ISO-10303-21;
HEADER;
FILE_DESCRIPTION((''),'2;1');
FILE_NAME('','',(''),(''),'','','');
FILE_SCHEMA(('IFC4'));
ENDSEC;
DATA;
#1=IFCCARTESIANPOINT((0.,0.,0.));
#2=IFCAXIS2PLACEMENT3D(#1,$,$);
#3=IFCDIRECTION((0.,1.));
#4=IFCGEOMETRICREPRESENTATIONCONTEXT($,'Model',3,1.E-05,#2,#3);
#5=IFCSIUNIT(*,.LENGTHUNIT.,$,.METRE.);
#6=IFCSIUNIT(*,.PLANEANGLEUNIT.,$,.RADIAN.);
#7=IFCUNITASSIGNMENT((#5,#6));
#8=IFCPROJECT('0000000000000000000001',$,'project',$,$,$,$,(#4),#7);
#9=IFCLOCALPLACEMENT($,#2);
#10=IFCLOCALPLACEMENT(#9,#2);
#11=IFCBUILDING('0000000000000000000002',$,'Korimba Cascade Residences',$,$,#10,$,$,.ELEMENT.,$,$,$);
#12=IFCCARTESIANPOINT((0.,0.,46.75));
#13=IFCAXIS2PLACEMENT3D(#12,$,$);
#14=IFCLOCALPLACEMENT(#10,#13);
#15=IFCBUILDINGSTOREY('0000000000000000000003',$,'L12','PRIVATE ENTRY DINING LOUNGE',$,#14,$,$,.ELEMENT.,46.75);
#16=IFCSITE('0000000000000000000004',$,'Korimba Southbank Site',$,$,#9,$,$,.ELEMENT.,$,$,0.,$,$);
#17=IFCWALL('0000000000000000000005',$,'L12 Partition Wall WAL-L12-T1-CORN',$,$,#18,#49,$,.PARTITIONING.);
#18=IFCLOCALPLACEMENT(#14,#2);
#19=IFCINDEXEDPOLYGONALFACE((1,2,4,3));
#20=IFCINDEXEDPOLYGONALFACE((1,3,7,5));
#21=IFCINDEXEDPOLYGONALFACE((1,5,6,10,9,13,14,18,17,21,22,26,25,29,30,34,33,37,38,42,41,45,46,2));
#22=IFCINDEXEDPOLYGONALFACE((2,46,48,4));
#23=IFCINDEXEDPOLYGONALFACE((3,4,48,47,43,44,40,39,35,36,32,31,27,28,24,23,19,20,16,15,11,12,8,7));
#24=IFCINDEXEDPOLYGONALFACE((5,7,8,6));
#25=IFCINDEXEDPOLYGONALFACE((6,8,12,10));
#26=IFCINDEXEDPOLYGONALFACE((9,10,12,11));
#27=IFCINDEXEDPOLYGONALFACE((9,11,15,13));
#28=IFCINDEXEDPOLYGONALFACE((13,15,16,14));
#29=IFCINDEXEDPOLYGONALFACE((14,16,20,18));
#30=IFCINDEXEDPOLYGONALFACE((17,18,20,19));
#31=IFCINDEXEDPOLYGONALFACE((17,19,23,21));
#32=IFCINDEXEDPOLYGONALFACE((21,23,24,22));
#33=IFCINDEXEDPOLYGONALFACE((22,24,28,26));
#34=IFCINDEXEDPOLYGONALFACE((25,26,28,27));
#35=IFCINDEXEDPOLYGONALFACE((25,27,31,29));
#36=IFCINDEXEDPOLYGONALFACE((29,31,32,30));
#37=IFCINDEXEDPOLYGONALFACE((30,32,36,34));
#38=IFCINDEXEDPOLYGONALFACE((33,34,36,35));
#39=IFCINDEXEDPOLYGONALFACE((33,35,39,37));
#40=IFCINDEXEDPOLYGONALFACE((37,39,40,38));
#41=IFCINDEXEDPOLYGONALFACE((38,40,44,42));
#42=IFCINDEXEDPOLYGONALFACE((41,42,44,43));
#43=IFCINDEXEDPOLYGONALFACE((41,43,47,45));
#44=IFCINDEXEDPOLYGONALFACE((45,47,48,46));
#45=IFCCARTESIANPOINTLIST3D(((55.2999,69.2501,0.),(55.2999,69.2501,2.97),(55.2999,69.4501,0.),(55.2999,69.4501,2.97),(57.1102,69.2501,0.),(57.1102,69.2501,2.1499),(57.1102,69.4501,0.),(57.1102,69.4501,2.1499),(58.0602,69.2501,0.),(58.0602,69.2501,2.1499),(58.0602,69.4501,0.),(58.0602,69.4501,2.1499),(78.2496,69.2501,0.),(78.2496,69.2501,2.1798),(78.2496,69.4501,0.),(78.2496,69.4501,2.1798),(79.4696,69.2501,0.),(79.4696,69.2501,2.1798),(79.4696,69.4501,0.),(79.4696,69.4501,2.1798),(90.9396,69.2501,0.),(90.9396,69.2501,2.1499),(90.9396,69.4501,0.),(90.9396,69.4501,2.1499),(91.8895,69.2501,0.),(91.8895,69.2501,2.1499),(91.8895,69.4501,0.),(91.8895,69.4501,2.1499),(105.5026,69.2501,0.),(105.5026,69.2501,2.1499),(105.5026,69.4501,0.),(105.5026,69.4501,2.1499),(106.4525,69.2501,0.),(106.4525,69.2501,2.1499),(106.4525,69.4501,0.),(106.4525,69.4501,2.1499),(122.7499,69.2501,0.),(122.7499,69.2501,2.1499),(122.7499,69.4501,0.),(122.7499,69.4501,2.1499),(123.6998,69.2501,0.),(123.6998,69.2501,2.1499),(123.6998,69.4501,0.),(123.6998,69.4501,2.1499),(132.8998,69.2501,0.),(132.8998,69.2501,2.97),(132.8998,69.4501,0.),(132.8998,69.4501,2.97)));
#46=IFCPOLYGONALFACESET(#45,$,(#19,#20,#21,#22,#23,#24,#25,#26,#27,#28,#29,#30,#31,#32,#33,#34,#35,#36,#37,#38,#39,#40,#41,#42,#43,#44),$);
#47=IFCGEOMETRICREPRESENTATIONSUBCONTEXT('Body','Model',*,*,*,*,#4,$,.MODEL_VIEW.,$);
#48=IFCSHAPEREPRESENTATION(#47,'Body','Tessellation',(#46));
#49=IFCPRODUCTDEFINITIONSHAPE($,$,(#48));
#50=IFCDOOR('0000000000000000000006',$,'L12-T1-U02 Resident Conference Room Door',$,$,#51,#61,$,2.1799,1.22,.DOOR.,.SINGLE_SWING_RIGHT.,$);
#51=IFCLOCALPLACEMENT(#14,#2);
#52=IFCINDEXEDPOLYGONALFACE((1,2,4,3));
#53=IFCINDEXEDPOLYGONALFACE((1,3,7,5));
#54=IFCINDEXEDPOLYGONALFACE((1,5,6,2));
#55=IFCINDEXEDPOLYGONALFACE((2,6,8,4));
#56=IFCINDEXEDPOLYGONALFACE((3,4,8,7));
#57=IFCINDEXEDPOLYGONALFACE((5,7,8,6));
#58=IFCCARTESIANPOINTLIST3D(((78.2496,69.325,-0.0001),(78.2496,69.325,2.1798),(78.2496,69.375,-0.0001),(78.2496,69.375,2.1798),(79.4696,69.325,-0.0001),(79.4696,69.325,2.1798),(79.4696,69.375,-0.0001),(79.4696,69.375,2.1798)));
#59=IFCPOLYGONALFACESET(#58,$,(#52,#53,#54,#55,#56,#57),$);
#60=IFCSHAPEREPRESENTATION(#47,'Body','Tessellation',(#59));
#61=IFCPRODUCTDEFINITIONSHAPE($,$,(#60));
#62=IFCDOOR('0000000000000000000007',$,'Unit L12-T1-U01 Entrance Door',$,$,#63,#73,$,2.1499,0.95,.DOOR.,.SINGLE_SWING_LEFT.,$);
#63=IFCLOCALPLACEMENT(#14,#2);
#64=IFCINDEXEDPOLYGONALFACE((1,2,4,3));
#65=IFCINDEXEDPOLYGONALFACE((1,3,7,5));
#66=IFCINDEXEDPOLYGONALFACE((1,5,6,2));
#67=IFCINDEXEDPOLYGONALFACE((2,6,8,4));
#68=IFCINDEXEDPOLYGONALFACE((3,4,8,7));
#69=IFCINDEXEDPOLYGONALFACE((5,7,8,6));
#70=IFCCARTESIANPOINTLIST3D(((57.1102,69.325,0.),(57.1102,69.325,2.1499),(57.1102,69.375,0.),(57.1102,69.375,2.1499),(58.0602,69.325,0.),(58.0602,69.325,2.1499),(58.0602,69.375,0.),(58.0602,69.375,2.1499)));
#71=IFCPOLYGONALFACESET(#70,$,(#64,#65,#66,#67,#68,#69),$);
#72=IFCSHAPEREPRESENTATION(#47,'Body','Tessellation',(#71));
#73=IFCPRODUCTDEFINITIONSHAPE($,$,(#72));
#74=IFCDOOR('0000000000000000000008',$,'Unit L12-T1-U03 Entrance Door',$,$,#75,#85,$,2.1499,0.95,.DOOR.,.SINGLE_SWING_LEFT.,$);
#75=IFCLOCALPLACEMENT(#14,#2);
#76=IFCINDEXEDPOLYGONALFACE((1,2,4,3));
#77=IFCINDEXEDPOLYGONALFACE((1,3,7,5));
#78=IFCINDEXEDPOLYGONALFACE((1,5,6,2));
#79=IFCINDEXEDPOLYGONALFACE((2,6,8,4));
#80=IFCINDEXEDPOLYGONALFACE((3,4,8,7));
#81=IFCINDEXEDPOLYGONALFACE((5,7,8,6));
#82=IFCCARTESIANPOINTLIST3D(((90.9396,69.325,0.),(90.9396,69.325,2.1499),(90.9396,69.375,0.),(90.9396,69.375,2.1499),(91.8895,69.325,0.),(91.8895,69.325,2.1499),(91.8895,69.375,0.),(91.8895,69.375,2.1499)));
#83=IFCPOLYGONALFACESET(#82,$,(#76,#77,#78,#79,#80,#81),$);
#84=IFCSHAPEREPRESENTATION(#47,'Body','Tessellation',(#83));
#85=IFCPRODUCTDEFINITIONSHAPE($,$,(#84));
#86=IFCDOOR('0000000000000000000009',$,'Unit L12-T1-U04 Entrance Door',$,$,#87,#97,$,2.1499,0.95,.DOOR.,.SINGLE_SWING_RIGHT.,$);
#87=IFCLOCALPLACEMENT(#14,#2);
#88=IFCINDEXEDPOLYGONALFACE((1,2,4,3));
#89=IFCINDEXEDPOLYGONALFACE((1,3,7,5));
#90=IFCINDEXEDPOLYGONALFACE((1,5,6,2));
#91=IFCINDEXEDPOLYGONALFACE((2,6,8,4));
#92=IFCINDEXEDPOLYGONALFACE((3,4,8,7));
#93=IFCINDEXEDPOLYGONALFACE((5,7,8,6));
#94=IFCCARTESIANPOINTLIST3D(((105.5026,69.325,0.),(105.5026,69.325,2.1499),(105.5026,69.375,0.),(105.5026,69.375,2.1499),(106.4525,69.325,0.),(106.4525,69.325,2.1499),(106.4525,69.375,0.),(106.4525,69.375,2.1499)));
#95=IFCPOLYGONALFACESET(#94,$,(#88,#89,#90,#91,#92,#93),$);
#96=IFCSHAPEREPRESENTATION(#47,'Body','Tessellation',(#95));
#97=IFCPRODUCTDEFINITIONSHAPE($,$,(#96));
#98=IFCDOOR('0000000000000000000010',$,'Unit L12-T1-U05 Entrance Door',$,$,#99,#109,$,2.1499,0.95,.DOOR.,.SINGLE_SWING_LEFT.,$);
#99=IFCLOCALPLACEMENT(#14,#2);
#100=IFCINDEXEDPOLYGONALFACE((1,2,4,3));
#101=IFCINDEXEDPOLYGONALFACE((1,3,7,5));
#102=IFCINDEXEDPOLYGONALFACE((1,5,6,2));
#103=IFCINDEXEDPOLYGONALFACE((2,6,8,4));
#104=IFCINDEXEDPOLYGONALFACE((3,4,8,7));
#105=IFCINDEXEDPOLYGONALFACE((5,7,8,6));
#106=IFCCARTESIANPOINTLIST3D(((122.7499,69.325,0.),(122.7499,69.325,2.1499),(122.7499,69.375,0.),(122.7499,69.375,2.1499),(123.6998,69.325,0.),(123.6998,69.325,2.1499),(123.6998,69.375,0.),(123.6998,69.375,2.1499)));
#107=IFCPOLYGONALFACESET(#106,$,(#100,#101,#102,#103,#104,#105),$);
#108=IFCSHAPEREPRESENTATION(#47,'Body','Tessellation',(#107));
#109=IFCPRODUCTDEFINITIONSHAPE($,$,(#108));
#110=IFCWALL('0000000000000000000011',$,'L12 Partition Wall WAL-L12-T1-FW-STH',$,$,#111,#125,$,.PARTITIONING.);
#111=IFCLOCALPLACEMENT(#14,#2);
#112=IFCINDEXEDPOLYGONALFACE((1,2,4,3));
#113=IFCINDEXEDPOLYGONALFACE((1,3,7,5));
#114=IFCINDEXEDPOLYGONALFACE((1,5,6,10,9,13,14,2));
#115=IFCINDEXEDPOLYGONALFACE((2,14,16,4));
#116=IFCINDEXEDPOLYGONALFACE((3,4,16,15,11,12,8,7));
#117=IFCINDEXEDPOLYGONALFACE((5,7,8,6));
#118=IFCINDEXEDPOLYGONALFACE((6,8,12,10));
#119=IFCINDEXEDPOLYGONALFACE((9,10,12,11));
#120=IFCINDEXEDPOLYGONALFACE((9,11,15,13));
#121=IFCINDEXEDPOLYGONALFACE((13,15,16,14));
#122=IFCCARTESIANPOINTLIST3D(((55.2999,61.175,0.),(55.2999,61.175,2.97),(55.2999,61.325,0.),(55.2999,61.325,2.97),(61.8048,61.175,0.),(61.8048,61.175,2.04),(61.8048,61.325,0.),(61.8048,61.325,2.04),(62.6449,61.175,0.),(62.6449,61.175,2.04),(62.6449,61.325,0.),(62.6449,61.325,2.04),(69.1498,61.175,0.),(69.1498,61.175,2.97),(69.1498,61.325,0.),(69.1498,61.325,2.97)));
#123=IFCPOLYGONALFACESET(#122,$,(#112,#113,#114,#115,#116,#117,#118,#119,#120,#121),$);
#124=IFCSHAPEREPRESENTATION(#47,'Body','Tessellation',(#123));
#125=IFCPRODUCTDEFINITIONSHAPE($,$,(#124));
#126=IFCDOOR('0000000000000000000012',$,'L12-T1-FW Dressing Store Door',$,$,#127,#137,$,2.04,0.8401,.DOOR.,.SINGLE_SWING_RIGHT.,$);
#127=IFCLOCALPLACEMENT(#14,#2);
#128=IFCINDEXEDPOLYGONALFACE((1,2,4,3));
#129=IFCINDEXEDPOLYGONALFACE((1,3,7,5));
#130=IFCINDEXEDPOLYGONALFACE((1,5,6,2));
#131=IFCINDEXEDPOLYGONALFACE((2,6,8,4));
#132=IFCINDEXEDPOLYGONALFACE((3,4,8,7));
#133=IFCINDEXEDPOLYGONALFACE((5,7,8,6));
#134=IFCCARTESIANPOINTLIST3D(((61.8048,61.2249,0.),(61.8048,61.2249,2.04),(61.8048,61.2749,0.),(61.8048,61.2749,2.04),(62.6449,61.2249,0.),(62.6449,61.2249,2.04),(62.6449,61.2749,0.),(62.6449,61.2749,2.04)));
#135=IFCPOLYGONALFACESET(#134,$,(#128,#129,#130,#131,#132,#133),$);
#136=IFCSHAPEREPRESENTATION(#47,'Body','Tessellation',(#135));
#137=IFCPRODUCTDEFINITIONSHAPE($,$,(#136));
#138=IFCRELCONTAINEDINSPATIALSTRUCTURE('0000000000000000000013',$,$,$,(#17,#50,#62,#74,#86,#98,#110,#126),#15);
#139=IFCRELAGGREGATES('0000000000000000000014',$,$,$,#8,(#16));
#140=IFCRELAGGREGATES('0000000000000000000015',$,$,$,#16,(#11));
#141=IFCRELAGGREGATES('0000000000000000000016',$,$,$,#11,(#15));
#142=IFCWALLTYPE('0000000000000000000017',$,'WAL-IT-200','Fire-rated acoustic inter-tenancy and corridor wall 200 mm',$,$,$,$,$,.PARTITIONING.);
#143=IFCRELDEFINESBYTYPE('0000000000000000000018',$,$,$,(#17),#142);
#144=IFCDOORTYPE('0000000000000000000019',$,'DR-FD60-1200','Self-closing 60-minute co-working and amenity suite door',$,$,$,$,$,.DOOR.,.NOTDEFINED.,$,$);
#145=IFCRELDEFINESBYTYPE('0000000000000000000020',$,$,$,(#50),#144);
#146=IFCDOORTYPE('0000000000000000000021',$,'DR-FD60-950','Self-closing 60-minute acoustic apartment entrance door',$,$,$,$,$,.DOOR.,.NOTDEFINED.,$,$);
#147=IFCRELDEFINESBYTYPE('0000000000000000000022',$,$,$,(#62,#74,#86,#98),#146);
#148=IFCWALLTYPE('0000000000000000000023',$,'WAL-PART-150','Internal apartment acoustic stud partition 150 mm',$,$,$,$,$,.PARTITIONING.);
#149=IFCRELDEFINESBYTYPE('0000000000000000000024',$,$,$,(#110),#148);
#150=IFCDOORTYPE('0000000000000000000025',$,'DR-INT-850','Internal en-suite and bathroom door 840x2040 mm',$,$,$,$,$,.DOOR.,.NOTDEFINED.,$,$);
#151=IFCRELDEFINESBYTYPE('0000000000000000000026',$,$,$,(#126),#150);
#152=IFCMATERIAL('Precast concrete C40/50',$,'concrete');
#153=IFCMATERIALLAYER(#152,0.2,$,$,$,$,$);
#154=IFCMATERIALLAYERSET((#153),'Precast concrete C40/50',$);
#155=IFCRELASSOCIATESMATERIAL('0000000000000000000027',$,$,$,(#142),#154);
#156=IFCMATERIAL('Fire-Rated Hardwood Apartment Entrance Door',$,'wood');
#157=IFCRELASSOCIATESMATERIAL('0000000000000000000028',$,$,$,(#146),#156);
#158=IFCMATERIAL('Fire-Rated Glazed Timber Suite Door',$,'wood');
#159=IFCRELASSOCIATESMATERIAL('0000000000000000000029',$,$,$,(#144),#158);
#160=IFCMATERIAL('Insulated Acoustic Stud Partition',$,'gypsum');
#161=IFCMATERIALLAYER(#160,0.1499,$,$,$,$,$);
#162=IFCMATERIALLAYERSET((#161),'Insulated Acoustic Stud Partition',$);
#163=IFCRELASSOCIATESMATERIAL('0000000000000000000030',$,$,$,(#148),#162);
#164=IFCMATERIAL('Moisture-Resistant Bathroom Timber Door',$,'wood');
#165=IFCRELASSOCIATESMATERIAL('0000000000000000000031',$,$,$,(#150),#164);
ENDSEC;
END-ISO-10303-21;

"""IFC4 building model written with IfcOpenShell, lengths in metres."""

from ifc_helpers import new_model, si_unit, direction, frame, frame_2d, origin, place, context, subcontext, project, spatial, rectangle, extrude, material, layer, layer_set, type_object, element, fill, save


model = new_model("IFC4")

# Units and contexts
model_context = context("Model", 3, precision=1e-05, world=origin(), true_north=direction((0.0, 1.0)))
body_context = subcontext(model_context, "Body", "Model", "MODEL_VIEW")
ifc_project = project(units=[si_unit("LENGTHUNIT", "METRE"), si_unit("PLANEANGLEUNIT", "RADIAN")], contexts=[model_context])

# Site, building, storey
site_placement = place(None, origin())
site = spatial("IfcSite", under=ifc_project, at=site_placement, Name="Korimba Southbank Site", CompositionType="ELEMENT", RefElevation=0.0)
building_placement = place(site_placement, origin())
building = spatial("IfcBuilding", under=site, at=building_placement, Name="Korimba Cascade Residences", CompositionType="ELEMENT")
storey_placement = place(building_placement, frame((0.0, 0.0, 46.75)))
storey = spatial("IfcBuildingStorey", under=building, at=storey_placement, Name="L12", Description="PRIVATE ENTRY DINING LOUNGE", CompositionType="ELEMENT", Elevation=46.75)

# Shared definitions
ifc_material_1 = material(Name="Precast concrete C40/50", Category="concrete")
ifc_layer_1 = layer(ifc_material_1, 0.2)
ifc_layer_set_1 = layer_set([ifc_layer_1], Name="Precast concrete C40/50")
wall_type_1 = type_object("IfcWallType", Name="WAL-IT-200", Description="Fire-rated acoustic inter-tenancy and corridor wall 200 mm", PredefinedType="PARTITIONING", material=ifc_layer_set_1)
ifc_material_2 = material(Name="Fire-Rated Hardwood Apartment Entrance Door", Category="wood")
door_type_1 = type_object("IfcDoorType", Name="DR-FD60-950", Description="Self-closing 60-minute acoustic apartment entrance door", OperationType="NOTDEFINED", PredefinedType="DOOR", material=ifc_material_2)

# Wall, openings, doors
wall_1_placement = place(storey_placement, frame((55.3, 69.3501, 0.0), z_axis=(0.0, 0.0, 1.0), x_axis=(1.0, 0.0, 0.0)))
wall_1 = element("IfcWall", 1, at=wall_1_placement, inside=storey, type_object=wall_type_1, Name="L12 Partition Wall WAL-L12-T1-CORN", PredefinedType="PARTITIONING", context=body_context, shape_type="SweptSolid", body=[
    extrude(rectangle(XDim=77.5999, YDim=0.2, at=frame_2d((38.7998, 0.0))), origin(), (0.0, 0.0, 1.0), 2.97),
])
opening_1_placement = place(wall_1_placement, frame((1.8101, 0.0, 0.0)))
opening_1 = element("IfcOpeningElement", 2, at=opening_1_placement, cuts=wall_1, PredefinedType="OPENING", context=body_context, shape_type="SweptSolid", body=[
    extrude(rectangle(XDim=0.95, YDim=2.1499, at=frame_2d((0.4751, 1.075))), frame((0.0, 0.1099, 0.0), z_axis=(0.0, -1.0, 0.0), x_axis=(1.0, 0.0, 0.0)), (0.0, 0.0, 1.0), 0.22),
])
opening_2_placement = place(wall_1_placement, frame((22.9497, 0.0, 0.0)))
opening_2 = element("IfcOpeningElement", 3, at=opening_2_placement, cuts=wall_1, PredefinedType="OPENING", context=body_context, shape_type="SweptSolid", body=[
    extrude(rectangle(XDim=1.22, YDim=2.1799, at=frame_2d((0.6099, 1.0898))), frame((0.0, 0.1099, 0.0), z_axis=(0.0, -1.0, 0.0), x_axis=(1.0, 0.0, 0.0)), (0.0, 0.0, 1.0), 0.22),
])
opening_3_placement = place(wall_1_placement, frame((35.6394, 0.0, 0.0)))
opening_3 = element("IfcOpeningElement", 4, at=opening_3_placement, cuts=wall_1, PredefinedType="OPENING", context=body_context, shape_type="SweptSolid", body=[
    extrude(rectangle(XDim=0.95, YDim=2.1499, at=frame_2d((0.4751, 1.075))), frame((0.0, 0.1099, 0.0), z_axis=(0.0, -1.0, 0.0), x_axis=(1.0, 0.0, 0.0)), (0.0, 0.0, 1.0), 0.22),
])
opening_4_placement = place(wall_1_placement, frame((50.2024, 0.0, 0.0)))
opening_4 = element("IfcOpeningElement", 5, at=opening_4_placement, cuts=wall_1, PredefinedType="OPENING", context=body_context, shape_type="SweptSolid", body=[
    extrude(rectangle(XDim=0.95, YDim=2.1499, at=frame_2d((0.4751, 1.075))), frame((0.0, 0.1099, 0.0), z_axis=(0.0, -1.0, 0.0), x_axis=(1.0, 0.0, 0.0)), (0.0, 0.0, 1.0), 0.22),
])
opening_5_placement = place(wall_1_placement, frame((67.4497, 0.0, 0.0)))
opening_5 = element("IfcOpeningElement", 6, at=opening_5_placement, cuts=wall_1, PredefinedType="OPENING", context=body_context, shape_type="SweptSolid", body=[
    extrude(rectangle(XDim=0.95, YDim=2.1499, at=frame_2d((0.4751, 1.075))), frame((0.0, 0.1099, 0.0), z_axis=(0.0, -1.0, 0.0), x_axis=(1.0, 0.0, 0.0)), (0.0, 0.0, 1.0), 0.22),
])
ifc_material_3 = material(Name="Fire-Rated Glazed Timber Suite Door", Category="wood")
door_type_2 = type_object("IfcDoorType", Name="DR-FD60-1200", Description="Self-closing 60-minute co-working and amenity suite door", OperationType="NOTDEFINED", PredefinedType="DOOR", material=ifc_material_3)
door_1_placement = place(opening_2_placement, origin())
door_1 = element("IfcDoor", 7, at=door_1_placement, inside=storey, type_object=door_type_2, Name="L12-T1-U02 Resident Conference Room Door", OperationType="SINGLE_SWING_RIGHT", OverallHeight=2.1799, OverallWidth=1.22, PredefinedType="DOOR", context=body_context, shape_type="SweptSolid", body=[
    extrude(rectangle(XDim=1.22, YDim=2.1799, at=frame_2d((0.6099, 1.0898))), frame((0.0, 0.0249, 0.0), z_axis=(0.0, -1.0, 0.0), x_axis=(1.0, 0.0, 0.0)), (0.0, 0.0, 1.0), 0.05),
])
fill(opening_2, door_1)
door_2_placement = place(opening_1_placement, origin())
door_2 = element("IfcDoor", 8, at=door_2_placement, inside=storey, type_object=door_type_1, Name="Unit L12-T1-U01 Entrance Door", OperationType="SINGLE_SWING_LEFT", OverallHeight=2.1499, OverallWidth=0.95, PredefinedType="DOOR", context=body_context, shape_type="SweptSolid", body=[
    extrude(rectangle(XDim=0.95, YDim=2.1499, at=frame_2d((0.4751, 1.075))), frame((0.0, 0.0249, 0.0), z_axis=(0.0, -1.0, 0.0), x_axis=(1.0, 0.0, 0.0)), (0.0, 0.0, 1.0), 0.05),
])
fill(opening_1, door_2)
door_3_placement = place(opening_3_placement, origin())
door_3 = element("IfcDoor", 9, at=door_3_placement, inside=storey, type_object=door_type_1, Name="Unit L12-T1-U03 Entrance Door", OperationType="SINGLE_SWING_LEFT", OverallHeight=2.1499, OverallWidth=0.95, PredefinedType="DOOR", context=body_context, shape_type="SweptSolid", body=[
    extrude(rectangle(XDim=0.95, YDim=2.1499, at=frame_2d((0.4751, 1.075))), frame((0.0, 0.0249, 0.0), z_axis=(0.0, -1.0, 0.0), x_axis=(1.0, 0.0, 0.0)), (0.0, 0.0, 1.0), 0.05),
])
fill(opening_3, door_3)
door_4_placement = place(opening_4_placement, origin())
door_4 = element("IfcDoor", 10, at=door_4_placement, inside=storey, type_object=door_type_1, Name="Unit L12-T1-U04 Entrance Door", OperationType="SINGLE_SWING_RIGHT", OverallHeight=2.1499, OverallWidth=0.95, PredefinedType="DOOR", context=body_context, shape_type="SweptSolid", body=[
    extrude(rectangle(XDim=0.95, YDim=2.1499, at=frame_2d((0.4751, 1.075))), frame((0.0, 0.0249, 0.0), z_axis=(0.0, -1.0, 0.0), x_axis=(1.0, 0.0, 0.0)), (0.0, 0.0, 1.0), 0.05),
])
fill(opening_4, door_4)
door_5_placement = place(opening_5_placement, origin())
door_5 = element("IfcDoor", 11, at=door_5_placement, inside=storey, type_object=door_type_1, Name="Unit L12-T1-U05 Entrance Door", OperationType="SINGLE_SWING_LEFT", OverallHeight=2.1499, OverallWidth=0.95, PredefinedType="DOOR", context=body_context, shape_type="SweptSolid", body=[
    extrude(rectangle(XDim=0.95, YDim=2.1499, at=frame_2d((0.4751, 1.075))), frame((0.0, 0.0249, 0.0), z_axis=(0.0, -1.0, 0.0), x_axis=(1.0, 0.0, 0.0)), (0.0, 0.0, 1.0), 0.05),
])
fill(opening_5, door_5)

# Wall, opening, door
ifc_material_4 = material(Name="Insulated Acoustic Stud Partition", Category="gypsum")
ifc_layer_2 = layer(ifc_material_4, 0.1499)
ifc_layer_set_2 = layer_set([ifc_layer_2], Name="Insulated Acoustic Stud Partition")
wall_type_2 = type_object("IfcWallType", Name="WAL-PART-150", Description="Internal apartment acoustic stud partition 150 mm", PredefinedType="PARTITIONING", material=ifc_layer_set_2)
wall_2_placement = place(storey_placement, frame((55.3, 61.25, 0.0), z_axis=(0.0, 0.0, 1.0), x_axis=(1.0, 0.0, 0.0)))
wall_2 = element("IfcWall", 12, at=wall_2_placement, inside=storey, type_object=wall_type_2, Name="L12 Partition Wall WAL-L12-T1-FW-STH", PredefinedType="PARTITIONING", context=body_context, shape_type="SweptSolid", body=[
    extrude(rectangle(XDim=13.8499, YDim=0.1499, at=frame_2d((6.9248, 0.0))), origin(), (0.0, 0.0, 1.0), 2.97),
])
opening_6_placement = place(wall_2_placement, frame((6.5049, 0.0, 0.0)))
opening_6 = element("IfcOpeningElement", 13, at=opening_6_placement, cuts=wall_2, PredefinedType="OPENING", context=body_context, shape_type="SweptSolid", body=[
    extrude(rectangle(XDim=0.8401, YDim=2.04, at=frame_2d((0.4199, 1.02))), frame((0.0, 0.085, 0.0), z_axis=(0.0, -1.0, 0.0), x_axis=(1.0, 0.0, 0.0)), (0.0, 0.0, 1.0), 0.1699),
])
ifc_material_5 = material(Name="Moisture-Resistant Bathroom Timber Door", Category="wood")
door_type_3 = type_object("IfcDoorType", Name="DR-INT-850", Description="Internal en-suite and bathroom door 840x2040 mm", OperationType="NOTDEFINED", PredefinedType="DOOR", material=ifc_material_5)
door_6_placement = place(opening_6_placement, origin())
door_6 = element("IfcDoor", 14, at=door_6_placement, inside=storey, type_object=door_type_3, Name="L12-T1-FW Dressing Store Door", OperationType="SINGLE_SWING_RIGHT", OverallHeight=2.04, OverallWidth=0.8401, PredefinedType="DOOR", context=body_context, shape_type="SweptSolid", body=[
    extrude(rectangle(XDim=0.8401, YDim=2.04, at=frame_2d((0.4199, 1.02))), frame((0.0, 0.0249, 0.0), z_axis=(0.0, -1.0, 0.0), x_axis=(1.0, 0.0, 0.0)), (0.0, 0.0, 1.0), 0.05),
])
fill(opening_6, door_6)

save(model, "model.ifc")
